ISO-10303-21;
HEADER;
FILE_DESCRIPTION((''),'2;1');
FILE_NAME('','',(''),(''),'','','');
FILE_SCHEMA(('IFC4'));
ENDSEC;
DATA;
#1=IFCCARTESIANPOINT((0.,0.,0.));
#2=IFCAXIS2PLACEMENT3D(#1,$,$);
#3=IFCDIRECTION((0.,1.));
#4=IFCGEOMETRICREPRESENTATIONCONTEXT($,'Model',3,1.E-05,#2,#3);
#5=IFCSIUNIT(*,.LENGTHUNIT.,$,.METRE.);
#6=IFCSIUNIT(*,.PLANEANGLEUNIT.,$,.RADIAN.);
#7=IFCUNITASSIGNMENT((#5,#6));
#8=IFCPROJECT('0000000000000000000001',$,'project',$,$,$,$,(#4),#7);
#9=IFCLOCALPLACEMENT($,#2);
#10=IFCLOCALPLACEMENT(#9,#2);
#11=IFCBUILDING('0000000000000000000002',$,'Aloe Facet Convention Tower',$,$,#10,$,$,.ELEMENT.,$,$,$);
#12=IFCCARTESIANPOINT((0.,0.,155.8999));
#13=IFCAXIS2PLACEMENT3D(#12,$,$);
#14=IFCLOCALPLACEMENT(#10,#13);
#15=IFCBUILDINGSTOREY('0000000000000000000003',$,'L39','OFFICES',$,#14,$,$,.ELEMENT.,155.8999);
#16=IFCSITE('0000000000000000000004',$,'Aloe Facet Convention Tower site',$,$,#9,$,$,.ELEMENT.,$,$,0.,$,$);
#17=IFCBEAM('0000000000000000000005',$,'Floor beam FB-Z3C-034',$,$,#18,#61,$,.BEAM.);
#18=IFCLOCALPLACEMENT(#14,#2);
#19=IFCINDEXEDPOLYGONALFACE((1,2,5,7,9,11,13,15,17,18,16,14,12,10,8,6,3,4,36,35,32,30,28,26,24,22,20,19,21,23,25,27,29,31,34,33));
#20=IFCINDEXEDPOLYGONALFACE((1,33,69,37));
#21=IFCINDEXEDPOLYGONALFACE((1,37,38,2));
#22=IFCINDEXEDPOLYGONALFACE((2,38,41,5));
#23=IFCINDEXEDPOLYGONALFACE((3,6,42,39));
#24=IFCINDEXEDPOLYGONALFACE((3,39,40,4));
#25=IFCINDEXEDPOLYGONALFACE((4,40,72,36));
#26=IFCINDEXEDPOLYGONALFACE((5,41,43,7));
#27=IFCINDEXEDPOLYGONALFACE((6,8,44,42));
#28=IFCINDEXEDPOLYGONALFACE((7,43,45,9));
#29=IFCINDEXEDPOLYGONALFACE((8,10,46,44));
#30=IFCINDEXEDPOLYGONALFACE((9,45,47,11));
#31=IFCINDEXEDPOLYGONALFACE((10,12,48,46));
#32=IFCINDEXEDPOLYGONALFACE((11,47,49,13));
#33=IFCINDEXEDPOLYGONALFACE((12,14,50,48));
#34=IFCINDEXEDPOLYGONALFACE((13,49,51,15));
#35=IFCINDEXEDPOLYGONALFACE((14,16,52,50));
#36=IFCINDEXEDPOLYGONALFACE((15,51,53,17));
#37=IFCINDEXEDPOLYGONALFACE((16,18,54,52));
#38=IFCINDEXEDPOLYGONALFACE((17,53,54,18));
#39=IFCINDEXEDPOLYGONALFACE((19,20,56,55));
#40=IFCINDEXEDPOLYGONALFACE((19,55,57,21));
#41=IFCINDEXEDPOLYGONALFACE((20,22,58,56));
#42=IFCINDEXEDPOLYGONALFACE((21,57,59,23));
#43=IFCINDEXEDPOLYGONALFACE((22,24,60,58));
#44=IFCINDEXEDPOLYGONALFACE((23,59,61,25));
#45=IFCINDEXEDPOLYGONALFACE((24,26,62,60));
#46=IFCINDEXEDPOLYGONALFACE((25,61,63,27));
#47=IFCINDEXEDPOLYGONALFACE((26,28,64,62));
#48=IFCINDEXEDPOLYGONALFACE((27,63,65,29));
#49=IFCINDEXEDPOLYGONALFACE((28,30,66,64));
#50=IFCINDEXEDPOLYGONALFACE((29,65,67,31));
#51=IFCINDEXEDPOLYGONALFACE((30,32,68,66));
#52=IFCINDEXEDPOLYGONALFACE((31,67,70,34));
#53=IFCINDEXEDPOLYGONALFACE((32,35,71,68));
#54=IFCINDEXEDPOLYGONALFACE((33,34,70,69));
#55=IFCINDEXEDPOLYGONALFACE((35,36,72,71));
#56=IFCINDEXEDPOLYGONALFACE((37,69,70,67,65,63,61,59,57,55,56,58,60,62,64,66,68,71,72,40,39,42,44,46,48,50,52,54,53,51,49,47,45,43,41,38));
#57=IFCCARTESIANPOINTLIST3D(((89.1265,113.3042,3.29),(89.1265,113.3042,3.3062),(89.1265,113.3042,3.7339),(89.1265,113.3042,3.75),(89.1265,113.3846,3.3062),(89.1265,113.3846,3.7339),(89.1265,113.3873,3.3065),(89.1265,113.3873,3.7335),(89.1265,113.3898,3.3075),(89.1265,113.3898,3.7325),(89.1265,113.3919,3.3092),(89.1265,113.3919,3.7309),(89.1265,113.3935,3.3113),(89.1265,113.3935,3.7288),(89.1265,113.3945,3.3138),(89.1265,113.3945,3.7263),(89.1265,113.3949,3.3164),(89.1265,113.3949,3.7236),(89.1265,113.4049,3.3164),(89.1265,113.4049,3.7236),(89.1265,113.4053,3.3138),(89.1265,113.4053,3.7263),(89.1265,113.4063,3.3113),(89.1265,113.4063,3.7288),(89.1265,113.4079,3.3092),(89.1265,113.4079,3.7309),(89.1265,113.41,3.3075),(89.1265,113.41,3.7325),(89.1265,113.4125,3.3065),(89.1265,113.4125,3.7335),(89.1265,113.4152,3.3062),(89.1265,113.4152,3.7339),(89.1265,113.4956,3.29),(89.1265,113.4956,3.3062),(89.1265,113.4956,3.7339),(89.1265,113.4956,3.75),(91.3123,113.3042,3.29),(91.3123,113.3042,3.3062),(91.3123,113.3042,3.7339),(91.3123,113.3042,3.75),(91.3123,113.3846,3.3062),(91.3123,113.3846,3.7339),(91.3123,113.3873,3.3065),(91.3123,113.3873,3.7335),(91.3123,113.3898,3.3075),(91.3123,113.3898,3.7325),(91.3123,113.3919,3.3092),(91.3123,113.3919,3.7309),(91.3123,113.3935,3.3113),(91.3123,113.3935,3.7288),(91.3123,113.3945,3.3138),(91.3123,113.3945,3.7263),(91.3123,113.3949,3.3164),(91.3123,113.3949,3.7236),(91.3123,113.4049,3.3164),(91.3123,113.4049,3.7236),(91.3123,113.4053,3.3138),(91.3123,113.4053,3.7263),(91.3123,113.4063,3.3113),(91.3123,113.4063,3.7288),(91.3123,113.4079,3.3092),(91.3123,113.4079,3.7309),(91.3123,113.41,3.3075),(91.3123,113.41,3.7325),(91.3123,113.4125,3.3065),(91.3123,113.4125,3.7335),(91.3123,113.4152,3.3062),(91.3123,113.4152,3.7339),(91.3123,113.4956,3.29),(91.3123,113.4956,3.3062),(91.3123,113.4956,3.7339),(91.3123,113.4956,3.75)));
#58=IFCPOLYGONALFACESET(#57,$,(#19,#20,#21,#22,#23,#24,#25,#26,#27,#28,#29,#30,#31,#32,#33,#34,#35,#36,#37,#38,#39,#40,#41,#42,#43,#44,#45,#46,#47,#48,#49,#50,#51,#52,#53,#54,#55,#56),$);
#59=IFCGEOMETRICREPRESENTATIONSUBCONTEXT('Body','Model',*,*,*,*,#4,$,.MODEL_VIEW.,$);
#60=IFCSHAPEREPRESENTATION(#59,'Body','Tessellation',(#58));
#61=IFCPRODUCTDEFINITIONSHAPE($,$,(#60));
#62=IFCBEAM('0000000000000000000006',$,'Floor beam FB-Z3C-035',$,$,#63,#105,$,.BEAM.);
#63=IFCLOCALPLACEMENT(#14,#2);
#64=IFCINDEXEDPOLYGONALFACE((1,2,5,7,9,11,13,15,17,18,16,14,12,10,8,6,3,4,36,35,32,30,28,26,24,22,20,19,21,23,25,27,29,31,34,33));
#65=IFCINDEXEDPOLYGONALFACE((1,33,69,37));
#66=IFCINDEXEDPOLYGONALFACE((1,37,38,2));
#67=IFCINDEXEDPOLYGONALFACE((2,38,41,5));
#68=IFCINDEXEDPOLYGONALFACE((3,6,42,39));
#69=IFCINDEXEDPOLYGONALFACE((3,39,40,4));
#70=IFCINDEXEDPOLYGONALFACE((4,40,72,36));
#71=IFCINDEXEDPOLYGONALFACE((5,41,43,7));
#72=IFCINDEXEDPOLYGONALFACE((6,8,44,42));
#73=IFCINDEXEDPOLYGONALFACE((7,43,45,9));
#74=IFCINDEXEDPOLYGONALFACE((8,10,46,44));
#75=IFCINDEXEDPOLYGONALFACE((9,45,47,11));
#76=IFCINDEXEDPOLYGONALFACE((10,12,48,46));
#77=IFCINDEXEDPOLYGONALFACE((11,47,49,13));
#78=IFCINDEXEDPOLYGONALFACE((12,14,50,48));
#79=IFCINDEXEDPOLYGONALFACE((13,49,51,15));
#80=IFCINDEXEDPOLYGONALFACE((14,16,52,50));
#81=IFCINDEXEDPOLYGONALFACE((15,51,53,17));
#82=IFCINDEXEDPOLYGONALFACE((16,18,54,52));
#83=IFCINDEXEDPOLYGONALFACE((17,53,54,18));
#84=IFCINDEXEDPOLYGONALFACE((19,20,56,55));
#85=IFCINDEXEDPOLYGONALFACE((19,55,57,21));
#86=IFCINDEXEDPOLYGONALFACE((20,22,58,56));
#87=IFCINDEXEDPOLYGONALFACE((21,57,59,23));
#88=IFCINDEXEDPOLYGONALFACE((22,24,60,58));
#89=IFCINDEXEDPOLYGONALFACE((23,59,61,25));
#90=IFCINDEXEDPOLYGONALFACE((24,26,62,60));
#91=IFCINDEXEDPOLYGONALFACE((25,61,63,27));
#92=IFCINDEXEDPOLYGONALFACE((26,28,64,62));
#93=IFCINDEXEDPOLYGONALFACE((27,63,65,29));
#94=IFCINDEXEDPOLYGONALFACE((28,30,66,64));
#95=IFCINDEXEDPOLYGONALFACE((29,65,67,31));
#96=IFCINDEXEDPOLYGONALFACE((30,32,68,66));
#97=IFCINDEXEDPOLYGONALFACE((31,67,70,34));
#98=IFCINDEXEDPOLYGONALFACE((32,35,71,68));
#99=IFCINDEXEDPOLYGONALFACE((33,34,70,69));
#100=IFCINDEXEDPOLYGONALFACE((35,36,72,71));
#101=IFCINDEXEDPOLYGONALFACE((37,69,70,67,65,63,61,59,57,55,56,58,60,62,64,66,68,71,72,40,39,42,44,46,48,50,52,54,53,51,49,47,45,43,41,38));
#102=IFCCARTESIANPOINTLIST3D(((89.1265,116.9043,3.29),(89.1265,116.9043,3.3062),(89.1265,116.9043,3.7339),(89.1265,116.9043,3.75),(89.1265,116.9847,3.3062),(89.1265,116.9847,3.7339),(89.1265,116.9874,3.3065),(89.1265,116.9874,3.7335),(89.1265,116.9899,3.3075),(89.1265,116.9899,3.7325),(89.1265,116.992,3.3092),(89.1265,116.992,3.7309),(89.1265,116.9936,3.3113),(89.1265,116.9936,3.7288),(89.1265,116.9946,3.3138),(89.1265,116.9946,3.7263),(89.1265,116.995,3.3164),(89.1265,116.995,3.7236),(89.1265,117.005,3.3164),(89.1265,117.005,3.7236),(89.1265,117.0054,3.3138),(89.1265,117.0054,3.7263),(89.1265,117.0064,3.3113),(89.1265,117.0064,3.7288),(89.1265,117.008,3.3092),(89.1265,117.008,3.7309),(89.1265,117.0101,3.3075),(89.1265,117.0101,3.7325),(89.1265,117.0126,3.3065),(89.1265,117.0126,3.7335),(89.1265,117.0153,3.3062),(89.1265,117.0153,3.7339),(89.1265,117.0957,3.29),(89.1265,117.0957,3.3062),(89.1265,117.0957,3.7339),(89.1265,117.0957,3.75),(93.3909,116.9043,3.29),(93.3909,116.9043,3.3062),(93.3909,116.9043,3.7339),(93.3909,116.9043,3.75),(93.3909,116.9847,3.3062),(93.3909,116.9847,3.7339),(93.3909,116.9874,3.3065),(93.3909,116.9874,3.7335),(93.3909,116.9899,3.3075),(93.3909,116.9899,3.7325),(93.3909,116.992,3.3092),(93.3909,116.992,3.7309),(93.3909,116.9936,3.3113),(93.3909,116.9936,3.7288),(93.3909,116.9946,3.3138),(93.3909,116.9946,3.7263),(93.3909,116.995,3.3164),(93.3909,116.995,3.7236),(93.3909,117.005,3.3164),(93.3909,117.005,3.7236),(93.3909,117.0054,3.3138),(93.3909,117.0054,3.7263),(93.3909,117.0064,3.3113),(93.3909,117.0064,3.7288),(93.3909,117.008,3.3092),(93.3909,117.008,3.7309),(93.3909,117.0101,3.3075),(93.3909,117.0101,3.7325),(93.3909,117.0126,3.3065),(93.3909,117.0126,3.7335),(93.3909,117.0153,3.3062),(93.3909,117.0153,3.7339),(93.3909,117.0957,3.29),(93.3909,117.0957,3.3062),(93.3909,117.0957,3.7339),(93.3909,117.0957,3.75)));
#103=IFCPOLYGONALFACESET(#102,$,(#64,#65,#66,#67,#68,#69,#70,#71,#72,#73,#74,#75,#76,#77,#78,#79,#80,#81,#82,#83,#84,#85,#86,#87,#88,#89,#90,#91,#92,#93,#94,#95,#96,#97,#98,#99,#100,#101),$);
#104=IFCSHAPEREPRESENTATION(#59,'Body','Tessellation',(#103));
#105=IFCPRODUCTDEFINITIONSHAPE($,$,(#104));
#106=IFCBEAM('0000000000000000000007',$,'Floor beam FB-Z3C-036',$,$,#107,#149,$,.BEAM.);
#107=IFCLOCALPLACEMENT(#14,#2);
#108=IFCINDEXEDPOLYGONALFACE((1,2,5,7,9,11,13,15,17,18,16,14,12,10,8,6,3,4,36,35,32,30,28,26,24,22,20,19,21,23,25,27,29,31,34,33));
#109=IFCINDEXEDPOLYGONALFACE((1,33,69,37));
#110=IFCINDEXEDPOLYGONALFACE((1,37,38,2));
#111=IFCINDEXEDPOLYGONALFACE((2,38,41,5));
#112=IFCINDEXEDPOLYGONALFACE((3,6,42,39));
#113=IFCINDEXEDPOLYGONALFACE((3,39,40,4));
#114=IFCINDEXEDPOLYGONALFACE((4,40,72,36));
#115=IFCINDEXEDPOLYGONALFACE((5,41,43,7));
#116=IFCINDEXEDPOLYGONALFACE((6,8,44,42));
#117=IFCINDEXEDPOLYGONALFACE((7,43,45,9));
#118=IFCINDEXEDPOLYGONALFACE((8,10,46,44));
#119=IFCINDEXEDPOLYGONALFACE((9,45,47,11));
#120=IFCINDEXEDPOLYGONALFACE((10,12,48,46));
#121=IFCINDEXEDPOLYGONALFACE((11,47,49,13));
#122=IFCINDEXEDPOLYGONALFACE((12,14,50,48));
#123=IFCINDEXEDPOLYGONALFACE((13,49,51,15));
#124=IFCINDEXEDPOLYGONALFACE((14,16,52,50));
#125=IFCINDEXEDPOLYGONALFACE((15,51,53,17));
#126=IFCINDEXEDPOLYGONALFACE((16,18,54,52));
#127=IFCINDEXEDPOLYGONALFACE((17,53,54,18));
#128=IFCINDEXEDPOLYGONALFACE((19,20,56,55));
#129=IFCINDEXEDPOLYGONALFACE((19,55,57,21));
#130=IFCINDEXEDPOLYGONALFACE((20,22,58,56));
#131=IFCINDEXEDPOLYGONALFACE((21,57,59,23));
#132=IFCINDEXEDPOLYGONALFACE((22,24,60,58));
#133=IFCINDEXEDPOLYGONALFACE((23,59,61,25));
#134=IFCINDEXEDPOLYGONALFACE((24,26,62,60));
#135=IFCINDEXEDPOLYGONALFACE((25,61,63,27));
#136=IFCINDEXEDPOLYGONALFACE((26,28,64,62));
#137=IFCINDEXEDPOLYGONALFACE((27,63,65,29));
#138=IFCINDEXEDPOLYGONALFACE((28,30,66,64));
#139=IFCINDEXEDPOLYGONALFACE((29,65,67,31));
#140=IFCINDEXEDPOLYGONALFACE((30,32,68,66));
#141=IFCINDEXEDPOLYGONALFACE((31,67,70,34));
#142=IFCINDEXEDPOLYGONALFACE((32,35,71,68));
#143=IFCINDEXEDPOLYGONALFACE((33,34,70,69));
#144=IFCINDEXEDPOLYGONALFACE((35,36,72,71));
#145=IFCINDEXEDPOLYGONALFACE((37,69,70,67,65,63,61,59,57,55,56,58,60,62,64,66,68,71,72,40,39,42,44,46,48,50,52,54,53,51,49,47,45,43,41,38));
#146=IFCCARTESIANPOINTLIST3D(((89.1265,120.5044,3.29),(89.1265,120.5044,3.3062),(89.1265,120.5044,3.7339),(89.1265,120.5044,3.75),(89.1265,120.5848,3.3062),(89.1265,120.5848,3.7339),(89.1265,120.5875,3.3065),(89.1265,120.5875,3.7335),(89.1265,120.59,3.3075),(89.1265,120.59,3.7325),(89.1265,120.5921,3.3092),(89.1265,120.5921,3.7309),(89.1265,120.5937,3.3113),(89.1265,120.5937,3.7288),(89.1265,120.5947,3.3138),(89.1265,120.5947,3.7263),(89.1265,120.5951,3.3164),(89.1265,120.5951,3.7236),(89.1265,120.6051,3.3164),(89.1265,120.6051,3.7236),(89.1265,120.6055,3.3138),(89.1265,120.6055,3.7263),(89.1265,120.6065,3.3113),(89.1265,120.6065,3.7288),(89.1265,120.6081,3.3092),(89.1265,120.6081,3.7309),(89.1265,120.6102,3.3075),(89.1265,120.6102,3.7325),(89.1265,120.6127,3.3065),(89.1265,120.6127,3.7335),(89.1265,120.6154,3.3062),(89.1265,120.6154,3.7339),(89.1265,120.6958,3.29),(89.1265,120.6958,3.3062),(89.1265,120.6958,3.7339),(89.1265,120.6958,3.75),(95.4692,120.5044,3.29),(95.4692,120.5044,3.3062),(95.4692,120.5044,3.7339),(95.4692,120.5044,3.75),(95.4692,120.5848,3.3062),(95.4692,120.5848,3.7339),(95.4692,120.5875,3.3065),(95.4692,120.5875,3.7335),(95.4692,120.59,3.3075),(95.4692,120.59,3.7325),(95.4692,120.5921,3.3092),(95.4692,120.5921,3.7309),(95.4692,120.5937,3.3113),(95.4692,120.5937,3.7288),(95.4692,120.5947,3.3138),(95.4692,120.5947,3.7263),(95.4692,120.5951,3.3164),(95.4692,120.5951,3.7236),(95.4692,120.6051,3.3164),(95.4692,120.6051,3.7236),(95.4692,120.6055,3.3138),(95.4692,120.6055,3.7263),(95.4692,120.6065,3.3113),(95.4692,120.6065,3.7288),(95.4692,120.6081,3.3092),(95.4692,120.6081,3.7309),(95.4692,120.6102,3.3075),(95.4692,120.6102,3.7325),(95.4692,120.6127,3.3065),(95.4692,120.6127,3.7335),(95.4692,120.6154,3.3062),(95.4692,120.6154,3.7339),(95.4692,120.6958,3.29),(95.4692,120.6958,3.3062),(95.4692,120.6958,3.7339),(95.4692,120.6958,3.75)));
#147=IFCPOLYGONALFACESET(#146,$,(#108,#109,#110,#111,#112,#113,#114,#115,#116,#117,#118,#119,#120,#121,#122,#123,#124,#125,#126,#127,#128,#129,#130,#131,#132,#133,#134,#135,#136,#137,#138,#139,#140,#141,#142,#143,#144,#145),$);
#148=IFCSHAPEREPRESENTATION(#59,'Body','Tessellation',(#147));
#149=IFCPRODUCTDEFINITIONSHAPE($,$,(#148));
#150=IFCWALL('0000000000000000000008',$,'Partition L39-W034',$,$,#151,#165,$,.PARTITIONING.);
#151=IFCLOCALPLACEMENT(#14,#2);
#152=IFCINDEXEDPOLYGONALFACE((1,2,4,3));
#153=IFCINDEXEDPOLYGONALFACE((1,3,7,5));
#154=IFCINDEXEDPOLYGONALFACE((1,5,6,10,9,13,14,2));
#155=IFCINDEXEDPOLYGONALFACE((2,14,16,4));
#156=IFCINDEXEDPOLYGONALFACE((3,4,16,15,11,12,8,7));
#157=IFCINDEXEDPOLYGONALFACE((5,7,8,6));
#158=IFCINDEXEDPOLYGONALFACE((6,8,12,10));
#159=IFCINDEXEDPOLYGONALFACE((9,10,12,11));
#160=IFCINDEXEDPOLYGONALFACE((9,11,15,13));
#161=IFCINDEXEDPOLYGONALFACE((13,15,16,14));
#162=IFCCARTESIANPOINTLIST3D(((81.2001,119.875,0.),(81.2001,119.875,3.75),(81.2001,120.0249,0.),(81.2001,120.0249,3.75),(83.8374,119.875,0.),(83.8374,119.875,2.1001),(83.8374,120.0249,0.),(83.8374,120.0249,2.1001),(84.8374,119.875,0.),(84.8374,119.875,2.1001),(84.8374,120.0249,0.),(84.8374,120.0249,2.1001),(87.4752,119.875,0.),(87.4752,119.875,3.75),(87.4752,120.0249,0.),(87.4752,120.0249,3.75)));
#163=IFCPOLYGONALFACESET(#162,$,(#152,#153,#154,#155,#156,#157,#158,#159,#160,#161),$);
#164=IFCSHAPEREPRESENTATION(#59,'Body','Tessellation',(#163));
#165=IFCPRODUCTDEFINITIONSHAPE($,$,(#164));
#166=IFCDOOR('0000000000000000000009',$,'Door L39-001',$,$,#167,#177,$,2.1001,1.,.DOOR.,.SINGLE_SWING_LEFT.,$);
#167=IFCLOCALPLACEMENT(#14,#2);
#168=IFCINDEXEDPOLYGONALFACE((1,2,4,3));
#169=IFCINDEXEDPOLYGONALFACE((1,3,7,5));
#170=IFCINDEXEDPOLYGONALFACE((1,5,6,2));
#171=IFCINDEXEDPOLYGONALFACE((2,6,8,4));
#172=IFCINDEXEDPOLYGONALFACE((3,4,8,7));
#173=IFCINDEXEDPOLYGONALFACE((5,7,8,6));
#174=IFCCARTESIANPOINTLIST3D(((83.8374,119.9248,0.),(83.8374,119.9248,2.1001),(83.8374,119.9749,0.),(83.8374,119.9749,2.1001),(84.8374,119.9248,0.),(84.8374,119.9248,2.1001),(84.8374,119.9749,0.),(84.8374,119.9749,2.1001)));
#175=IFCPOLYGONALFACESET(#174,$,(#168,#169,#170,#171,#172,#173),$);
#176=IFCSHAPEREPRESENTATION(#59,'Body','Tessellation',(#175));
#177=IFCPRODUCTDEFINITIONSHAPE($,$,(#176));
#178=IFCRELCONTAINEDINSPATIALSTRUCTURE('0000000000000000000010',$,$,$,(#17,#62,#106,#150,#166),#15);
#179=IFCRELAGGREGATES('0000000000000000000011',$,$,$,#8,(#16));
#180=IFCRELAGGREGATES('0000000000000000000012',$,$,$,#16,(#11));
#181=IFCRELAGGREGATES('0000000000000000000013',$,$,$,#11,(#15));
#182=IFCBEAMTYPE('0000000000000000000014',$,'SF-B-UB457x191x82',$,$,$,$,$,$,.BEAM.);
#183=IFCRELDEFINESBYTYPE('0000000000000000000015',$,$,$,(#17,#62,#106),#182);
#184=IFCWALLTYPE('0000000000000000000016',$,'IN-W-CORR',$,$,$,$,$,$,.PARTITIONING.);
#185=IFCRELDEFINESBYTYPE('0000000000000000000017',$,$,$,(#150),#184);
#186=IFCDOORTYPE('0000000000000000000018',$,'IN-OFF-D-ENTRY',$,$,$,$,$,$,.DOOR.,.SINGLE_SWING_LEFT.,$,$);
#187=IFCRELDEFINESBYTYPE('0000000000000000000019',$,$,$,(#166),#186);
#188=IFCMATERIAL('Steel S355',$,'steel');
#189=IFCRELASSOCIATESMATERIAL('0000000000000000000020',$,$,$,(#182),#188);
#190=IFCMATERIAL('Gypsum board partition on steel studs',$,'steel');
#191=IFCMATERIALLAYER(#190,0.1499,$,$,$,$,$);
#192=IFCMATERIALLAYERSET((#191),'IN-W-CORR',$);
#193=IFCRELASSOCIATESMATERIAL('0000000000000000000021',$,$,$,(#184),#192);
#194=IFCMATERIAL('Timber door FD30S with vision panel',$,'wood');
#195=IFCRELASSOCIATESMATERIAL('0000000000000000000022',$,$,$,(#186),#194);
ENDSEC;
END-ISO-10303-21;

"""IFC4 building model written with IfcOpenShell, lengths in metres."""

from ifc_helpers import new_model, si_unit, direction, frame, frame_2d, origin, origin_2d, place, context, subcontext, project, spatial, rectangle, i_section, extrude, material, layer, layer_set, material_profile, profile_set, type_object, element, fill, save


model = new_model("IFC4")

# Units and contexts
model_context = context("Model", 3, precision=1e-05, world=origin(), true_north=direction((0.0, 1.0)))
body_context = subcontext(model_context, "Body", "Model", "MODEL_VIEW")
ifc_project = project(units=[si_unit("LENGTHUNIT", "METRE"), si_unit("PLANEANGLEUNIT", "RADIAN")], contexts=[model_context])

# Site, building, storey
site_placement = place(None, origin())
site = spatial("IfcSite", under=ifc_project, at=site_placement, Name="Aloe Facet Convention Tower site", CompositionType="ELEMENT", RefElevation=0.0)
building_placement = place(site_placement, origin())
building = spatial("IfcBuilding", under=site, at=building_placement, Name="Aloe Facet Convention Tower", CompositionType="ELEMENT")
storey_placement = place(building_placement, frame((0.0, 0.0, 155.8999)))
storey = spatial("IfcBuildingStorey", under=building, at=storey_placement, Name="L39", Description="OFFICES", CompositionType="ELEMENT", Elevation=155.8999)

# Beams
ifc_material_1 = material(Name="Steel S355", Category="steel")
ifc_material_profile = material_profile(ifc_material_1, i_section(OverallWidth=0.1914, OverallDepth=0.46, WebThickness=0.01, FlangeThickness=0.0161, FilletRadius=0.0103, at=origin_2d()), Name="UB 457x191x82")
ifc_profile_set = profile_set([ifc_material_profile], Name="Steel S355")
beam_type = type_object("IfcBeamType", Name="SF-B-UB457x191x82", PredefinedType="BEAM", material=ifc_profile_set)
beam_1_placement = place(storey_placement, frame((89.1265, 113.3999, 3.52), z_axis=(1.0, 0.0, 0.0), x_axis=(0.0, 1.0, 0.0)))
element("IfcBeam", 1, at=beam_1_placement, inside=storey, type_object=beam_type, Name="Floor beam FB-Z3C-034", PredefinedType="BEAM", context=body_context, shape_type="SweptSolid", body=[
    extrude(i_section(OverallWidth=0.1914, OverallDepth=0.46, WebThickness=0.01, FlangeThickness=0.0161, FilletRadius=0.0103, at=origin_2d()), origin(), (0.0, 0.0, 1.0), 2.1858),
])
beam_2_placement = place(storey_placement, frame((89.1265, 117.0, 3.52), z_axis=(1.0, 0.0, 0.0), x_axis=(0.0, 1.0, 0.0)))
element("IfcBeam", 2, at=beam_2_placement, inside=storey, type_object=beam_type, Name="Floor beam FB-Z3C-035", PredefinedType="BEAM", context=body_context, shape_type="SweptSolid", body=[
    extrude(i_section(OverallWidth=0.1914, OverallDepth=0.46, WebThickness=0.01, FlangeThickness=0.0161, FilletRadius=0.0103, at=origin_2d()), origin(), (0.0, 0.0, 1.0), 4.2644),
])
beam_3_placement = place(storey_placement, frame((89.1265, 120.6001, 3.52), z_axis=(1.0, 0.0, 0.0), x_axis=(0.0, 1.0, 0.0)))
element("IfcBeam", 3, at=beam_3_placement, inside=storey, type_object=beam_type, Name="Floor beam FB-Z3C-036", PredefinedType="BEAM", context=body_context, shape_type="SweptSolid", body=[
    extrude(i_section(OverallWidth=0.1914, OverallDepth=0.46, WebThickness=0.01, FlangeThickness=0.0161, FilletRadius=0.0103, at=origin_2d()), origin(), (0.0, 0.0, 1.0), 6.3428),
])

# Wall, opening, door
ifc_material_2 = material(Name="Gypsum board partition on steel studs", Category="steel")
ifc_layer_1 = layer(ifc_material_2, 0.1499)
ifc_layer_set_1 = layer_set([ifc_layer_1], Name="IN-W-CORR")
wall_type_1 = type_object("IfcWallType", Name="IN-W-CORR", PredefinedType="PARTITIONING", material=ifc_layer_set_1)
wall_1_placement = place(storey_placement, frame((81.2, 119.95, 0.0), z_axis=(0.0, 0.0, 1.0), x_axis=(1.0, 0.0, 0.0)))
wall_1 = element("IfcWall", 4, at=wall_1_placement, inside=storey, type_object=wall_type_1, Name="Partition L39-W034", PredefinedType="PARTITIONING", context=body_context, shape_type="SweptSolid", body=[
    extrude(rectangle(XDim=6.2751, YDim=0.1499, at=frame_2d((3.1377, 0.0))), origin(), (0.0, 0.0, 1.0), 3.75),
])
opening_1_placement = place(wall_1_placement, frame((2.6375, 0.0, 0.0)))
opening_1 = element("IfcOpeningElement", 5, at=opening_1_placement, cuts=wall_1, PredefinedType="OPENING", context=body_context, shape_type="SweptSolid", body=[
    extrude(rectangle(XDim=1.0, YDim=2.1001, at=frame_2d((0.5, 1.05))), frame((0.0, 0.085, 0.0), z_axis=(0.0, -1.0, 0.0), x_axis=(1.0, 0.0, 0.0)), (0.0, 0.0, 1.0), 0.1699),
])
ifc_material_3 = material(Name="Timber door FD30S with vision panel", Category="wood")
door_type_1 = type_object("IfcDoorType", Name="IN-OFF-D-ENTRY", OperationType="SINGLE_SWING_LEFT", PredefinedType="DOOR", material=ifc_material_3)
door_1_placement = place(opening_1_placement, origin())
door_1 = element("IfcDoor", 6, at=door_1_placement, inside=storey, type_object=door_type_1, Name="Door L39-001", OperationType="SINGLE_SWING_LEFT", OverallHeight=2.1001, OverallWidth=1.0, PredefinedType="DOOR", context=body_context, shape_type="SweptSolid", body=[
    extrude(rectangle(XDim=1.0, YDim=2.1001, at=frame_2d((0.5, 1.05))), frame((0.0, 0.0249, 0.0), z_axis=(0.0, -1.0, 0.0), x_axis=(1.0, 0.0, 0.0)), (0.0, 0.0, 1.0), 0.05),
])
fill(opening_1, door_1)

save(model, "model.ifc")
